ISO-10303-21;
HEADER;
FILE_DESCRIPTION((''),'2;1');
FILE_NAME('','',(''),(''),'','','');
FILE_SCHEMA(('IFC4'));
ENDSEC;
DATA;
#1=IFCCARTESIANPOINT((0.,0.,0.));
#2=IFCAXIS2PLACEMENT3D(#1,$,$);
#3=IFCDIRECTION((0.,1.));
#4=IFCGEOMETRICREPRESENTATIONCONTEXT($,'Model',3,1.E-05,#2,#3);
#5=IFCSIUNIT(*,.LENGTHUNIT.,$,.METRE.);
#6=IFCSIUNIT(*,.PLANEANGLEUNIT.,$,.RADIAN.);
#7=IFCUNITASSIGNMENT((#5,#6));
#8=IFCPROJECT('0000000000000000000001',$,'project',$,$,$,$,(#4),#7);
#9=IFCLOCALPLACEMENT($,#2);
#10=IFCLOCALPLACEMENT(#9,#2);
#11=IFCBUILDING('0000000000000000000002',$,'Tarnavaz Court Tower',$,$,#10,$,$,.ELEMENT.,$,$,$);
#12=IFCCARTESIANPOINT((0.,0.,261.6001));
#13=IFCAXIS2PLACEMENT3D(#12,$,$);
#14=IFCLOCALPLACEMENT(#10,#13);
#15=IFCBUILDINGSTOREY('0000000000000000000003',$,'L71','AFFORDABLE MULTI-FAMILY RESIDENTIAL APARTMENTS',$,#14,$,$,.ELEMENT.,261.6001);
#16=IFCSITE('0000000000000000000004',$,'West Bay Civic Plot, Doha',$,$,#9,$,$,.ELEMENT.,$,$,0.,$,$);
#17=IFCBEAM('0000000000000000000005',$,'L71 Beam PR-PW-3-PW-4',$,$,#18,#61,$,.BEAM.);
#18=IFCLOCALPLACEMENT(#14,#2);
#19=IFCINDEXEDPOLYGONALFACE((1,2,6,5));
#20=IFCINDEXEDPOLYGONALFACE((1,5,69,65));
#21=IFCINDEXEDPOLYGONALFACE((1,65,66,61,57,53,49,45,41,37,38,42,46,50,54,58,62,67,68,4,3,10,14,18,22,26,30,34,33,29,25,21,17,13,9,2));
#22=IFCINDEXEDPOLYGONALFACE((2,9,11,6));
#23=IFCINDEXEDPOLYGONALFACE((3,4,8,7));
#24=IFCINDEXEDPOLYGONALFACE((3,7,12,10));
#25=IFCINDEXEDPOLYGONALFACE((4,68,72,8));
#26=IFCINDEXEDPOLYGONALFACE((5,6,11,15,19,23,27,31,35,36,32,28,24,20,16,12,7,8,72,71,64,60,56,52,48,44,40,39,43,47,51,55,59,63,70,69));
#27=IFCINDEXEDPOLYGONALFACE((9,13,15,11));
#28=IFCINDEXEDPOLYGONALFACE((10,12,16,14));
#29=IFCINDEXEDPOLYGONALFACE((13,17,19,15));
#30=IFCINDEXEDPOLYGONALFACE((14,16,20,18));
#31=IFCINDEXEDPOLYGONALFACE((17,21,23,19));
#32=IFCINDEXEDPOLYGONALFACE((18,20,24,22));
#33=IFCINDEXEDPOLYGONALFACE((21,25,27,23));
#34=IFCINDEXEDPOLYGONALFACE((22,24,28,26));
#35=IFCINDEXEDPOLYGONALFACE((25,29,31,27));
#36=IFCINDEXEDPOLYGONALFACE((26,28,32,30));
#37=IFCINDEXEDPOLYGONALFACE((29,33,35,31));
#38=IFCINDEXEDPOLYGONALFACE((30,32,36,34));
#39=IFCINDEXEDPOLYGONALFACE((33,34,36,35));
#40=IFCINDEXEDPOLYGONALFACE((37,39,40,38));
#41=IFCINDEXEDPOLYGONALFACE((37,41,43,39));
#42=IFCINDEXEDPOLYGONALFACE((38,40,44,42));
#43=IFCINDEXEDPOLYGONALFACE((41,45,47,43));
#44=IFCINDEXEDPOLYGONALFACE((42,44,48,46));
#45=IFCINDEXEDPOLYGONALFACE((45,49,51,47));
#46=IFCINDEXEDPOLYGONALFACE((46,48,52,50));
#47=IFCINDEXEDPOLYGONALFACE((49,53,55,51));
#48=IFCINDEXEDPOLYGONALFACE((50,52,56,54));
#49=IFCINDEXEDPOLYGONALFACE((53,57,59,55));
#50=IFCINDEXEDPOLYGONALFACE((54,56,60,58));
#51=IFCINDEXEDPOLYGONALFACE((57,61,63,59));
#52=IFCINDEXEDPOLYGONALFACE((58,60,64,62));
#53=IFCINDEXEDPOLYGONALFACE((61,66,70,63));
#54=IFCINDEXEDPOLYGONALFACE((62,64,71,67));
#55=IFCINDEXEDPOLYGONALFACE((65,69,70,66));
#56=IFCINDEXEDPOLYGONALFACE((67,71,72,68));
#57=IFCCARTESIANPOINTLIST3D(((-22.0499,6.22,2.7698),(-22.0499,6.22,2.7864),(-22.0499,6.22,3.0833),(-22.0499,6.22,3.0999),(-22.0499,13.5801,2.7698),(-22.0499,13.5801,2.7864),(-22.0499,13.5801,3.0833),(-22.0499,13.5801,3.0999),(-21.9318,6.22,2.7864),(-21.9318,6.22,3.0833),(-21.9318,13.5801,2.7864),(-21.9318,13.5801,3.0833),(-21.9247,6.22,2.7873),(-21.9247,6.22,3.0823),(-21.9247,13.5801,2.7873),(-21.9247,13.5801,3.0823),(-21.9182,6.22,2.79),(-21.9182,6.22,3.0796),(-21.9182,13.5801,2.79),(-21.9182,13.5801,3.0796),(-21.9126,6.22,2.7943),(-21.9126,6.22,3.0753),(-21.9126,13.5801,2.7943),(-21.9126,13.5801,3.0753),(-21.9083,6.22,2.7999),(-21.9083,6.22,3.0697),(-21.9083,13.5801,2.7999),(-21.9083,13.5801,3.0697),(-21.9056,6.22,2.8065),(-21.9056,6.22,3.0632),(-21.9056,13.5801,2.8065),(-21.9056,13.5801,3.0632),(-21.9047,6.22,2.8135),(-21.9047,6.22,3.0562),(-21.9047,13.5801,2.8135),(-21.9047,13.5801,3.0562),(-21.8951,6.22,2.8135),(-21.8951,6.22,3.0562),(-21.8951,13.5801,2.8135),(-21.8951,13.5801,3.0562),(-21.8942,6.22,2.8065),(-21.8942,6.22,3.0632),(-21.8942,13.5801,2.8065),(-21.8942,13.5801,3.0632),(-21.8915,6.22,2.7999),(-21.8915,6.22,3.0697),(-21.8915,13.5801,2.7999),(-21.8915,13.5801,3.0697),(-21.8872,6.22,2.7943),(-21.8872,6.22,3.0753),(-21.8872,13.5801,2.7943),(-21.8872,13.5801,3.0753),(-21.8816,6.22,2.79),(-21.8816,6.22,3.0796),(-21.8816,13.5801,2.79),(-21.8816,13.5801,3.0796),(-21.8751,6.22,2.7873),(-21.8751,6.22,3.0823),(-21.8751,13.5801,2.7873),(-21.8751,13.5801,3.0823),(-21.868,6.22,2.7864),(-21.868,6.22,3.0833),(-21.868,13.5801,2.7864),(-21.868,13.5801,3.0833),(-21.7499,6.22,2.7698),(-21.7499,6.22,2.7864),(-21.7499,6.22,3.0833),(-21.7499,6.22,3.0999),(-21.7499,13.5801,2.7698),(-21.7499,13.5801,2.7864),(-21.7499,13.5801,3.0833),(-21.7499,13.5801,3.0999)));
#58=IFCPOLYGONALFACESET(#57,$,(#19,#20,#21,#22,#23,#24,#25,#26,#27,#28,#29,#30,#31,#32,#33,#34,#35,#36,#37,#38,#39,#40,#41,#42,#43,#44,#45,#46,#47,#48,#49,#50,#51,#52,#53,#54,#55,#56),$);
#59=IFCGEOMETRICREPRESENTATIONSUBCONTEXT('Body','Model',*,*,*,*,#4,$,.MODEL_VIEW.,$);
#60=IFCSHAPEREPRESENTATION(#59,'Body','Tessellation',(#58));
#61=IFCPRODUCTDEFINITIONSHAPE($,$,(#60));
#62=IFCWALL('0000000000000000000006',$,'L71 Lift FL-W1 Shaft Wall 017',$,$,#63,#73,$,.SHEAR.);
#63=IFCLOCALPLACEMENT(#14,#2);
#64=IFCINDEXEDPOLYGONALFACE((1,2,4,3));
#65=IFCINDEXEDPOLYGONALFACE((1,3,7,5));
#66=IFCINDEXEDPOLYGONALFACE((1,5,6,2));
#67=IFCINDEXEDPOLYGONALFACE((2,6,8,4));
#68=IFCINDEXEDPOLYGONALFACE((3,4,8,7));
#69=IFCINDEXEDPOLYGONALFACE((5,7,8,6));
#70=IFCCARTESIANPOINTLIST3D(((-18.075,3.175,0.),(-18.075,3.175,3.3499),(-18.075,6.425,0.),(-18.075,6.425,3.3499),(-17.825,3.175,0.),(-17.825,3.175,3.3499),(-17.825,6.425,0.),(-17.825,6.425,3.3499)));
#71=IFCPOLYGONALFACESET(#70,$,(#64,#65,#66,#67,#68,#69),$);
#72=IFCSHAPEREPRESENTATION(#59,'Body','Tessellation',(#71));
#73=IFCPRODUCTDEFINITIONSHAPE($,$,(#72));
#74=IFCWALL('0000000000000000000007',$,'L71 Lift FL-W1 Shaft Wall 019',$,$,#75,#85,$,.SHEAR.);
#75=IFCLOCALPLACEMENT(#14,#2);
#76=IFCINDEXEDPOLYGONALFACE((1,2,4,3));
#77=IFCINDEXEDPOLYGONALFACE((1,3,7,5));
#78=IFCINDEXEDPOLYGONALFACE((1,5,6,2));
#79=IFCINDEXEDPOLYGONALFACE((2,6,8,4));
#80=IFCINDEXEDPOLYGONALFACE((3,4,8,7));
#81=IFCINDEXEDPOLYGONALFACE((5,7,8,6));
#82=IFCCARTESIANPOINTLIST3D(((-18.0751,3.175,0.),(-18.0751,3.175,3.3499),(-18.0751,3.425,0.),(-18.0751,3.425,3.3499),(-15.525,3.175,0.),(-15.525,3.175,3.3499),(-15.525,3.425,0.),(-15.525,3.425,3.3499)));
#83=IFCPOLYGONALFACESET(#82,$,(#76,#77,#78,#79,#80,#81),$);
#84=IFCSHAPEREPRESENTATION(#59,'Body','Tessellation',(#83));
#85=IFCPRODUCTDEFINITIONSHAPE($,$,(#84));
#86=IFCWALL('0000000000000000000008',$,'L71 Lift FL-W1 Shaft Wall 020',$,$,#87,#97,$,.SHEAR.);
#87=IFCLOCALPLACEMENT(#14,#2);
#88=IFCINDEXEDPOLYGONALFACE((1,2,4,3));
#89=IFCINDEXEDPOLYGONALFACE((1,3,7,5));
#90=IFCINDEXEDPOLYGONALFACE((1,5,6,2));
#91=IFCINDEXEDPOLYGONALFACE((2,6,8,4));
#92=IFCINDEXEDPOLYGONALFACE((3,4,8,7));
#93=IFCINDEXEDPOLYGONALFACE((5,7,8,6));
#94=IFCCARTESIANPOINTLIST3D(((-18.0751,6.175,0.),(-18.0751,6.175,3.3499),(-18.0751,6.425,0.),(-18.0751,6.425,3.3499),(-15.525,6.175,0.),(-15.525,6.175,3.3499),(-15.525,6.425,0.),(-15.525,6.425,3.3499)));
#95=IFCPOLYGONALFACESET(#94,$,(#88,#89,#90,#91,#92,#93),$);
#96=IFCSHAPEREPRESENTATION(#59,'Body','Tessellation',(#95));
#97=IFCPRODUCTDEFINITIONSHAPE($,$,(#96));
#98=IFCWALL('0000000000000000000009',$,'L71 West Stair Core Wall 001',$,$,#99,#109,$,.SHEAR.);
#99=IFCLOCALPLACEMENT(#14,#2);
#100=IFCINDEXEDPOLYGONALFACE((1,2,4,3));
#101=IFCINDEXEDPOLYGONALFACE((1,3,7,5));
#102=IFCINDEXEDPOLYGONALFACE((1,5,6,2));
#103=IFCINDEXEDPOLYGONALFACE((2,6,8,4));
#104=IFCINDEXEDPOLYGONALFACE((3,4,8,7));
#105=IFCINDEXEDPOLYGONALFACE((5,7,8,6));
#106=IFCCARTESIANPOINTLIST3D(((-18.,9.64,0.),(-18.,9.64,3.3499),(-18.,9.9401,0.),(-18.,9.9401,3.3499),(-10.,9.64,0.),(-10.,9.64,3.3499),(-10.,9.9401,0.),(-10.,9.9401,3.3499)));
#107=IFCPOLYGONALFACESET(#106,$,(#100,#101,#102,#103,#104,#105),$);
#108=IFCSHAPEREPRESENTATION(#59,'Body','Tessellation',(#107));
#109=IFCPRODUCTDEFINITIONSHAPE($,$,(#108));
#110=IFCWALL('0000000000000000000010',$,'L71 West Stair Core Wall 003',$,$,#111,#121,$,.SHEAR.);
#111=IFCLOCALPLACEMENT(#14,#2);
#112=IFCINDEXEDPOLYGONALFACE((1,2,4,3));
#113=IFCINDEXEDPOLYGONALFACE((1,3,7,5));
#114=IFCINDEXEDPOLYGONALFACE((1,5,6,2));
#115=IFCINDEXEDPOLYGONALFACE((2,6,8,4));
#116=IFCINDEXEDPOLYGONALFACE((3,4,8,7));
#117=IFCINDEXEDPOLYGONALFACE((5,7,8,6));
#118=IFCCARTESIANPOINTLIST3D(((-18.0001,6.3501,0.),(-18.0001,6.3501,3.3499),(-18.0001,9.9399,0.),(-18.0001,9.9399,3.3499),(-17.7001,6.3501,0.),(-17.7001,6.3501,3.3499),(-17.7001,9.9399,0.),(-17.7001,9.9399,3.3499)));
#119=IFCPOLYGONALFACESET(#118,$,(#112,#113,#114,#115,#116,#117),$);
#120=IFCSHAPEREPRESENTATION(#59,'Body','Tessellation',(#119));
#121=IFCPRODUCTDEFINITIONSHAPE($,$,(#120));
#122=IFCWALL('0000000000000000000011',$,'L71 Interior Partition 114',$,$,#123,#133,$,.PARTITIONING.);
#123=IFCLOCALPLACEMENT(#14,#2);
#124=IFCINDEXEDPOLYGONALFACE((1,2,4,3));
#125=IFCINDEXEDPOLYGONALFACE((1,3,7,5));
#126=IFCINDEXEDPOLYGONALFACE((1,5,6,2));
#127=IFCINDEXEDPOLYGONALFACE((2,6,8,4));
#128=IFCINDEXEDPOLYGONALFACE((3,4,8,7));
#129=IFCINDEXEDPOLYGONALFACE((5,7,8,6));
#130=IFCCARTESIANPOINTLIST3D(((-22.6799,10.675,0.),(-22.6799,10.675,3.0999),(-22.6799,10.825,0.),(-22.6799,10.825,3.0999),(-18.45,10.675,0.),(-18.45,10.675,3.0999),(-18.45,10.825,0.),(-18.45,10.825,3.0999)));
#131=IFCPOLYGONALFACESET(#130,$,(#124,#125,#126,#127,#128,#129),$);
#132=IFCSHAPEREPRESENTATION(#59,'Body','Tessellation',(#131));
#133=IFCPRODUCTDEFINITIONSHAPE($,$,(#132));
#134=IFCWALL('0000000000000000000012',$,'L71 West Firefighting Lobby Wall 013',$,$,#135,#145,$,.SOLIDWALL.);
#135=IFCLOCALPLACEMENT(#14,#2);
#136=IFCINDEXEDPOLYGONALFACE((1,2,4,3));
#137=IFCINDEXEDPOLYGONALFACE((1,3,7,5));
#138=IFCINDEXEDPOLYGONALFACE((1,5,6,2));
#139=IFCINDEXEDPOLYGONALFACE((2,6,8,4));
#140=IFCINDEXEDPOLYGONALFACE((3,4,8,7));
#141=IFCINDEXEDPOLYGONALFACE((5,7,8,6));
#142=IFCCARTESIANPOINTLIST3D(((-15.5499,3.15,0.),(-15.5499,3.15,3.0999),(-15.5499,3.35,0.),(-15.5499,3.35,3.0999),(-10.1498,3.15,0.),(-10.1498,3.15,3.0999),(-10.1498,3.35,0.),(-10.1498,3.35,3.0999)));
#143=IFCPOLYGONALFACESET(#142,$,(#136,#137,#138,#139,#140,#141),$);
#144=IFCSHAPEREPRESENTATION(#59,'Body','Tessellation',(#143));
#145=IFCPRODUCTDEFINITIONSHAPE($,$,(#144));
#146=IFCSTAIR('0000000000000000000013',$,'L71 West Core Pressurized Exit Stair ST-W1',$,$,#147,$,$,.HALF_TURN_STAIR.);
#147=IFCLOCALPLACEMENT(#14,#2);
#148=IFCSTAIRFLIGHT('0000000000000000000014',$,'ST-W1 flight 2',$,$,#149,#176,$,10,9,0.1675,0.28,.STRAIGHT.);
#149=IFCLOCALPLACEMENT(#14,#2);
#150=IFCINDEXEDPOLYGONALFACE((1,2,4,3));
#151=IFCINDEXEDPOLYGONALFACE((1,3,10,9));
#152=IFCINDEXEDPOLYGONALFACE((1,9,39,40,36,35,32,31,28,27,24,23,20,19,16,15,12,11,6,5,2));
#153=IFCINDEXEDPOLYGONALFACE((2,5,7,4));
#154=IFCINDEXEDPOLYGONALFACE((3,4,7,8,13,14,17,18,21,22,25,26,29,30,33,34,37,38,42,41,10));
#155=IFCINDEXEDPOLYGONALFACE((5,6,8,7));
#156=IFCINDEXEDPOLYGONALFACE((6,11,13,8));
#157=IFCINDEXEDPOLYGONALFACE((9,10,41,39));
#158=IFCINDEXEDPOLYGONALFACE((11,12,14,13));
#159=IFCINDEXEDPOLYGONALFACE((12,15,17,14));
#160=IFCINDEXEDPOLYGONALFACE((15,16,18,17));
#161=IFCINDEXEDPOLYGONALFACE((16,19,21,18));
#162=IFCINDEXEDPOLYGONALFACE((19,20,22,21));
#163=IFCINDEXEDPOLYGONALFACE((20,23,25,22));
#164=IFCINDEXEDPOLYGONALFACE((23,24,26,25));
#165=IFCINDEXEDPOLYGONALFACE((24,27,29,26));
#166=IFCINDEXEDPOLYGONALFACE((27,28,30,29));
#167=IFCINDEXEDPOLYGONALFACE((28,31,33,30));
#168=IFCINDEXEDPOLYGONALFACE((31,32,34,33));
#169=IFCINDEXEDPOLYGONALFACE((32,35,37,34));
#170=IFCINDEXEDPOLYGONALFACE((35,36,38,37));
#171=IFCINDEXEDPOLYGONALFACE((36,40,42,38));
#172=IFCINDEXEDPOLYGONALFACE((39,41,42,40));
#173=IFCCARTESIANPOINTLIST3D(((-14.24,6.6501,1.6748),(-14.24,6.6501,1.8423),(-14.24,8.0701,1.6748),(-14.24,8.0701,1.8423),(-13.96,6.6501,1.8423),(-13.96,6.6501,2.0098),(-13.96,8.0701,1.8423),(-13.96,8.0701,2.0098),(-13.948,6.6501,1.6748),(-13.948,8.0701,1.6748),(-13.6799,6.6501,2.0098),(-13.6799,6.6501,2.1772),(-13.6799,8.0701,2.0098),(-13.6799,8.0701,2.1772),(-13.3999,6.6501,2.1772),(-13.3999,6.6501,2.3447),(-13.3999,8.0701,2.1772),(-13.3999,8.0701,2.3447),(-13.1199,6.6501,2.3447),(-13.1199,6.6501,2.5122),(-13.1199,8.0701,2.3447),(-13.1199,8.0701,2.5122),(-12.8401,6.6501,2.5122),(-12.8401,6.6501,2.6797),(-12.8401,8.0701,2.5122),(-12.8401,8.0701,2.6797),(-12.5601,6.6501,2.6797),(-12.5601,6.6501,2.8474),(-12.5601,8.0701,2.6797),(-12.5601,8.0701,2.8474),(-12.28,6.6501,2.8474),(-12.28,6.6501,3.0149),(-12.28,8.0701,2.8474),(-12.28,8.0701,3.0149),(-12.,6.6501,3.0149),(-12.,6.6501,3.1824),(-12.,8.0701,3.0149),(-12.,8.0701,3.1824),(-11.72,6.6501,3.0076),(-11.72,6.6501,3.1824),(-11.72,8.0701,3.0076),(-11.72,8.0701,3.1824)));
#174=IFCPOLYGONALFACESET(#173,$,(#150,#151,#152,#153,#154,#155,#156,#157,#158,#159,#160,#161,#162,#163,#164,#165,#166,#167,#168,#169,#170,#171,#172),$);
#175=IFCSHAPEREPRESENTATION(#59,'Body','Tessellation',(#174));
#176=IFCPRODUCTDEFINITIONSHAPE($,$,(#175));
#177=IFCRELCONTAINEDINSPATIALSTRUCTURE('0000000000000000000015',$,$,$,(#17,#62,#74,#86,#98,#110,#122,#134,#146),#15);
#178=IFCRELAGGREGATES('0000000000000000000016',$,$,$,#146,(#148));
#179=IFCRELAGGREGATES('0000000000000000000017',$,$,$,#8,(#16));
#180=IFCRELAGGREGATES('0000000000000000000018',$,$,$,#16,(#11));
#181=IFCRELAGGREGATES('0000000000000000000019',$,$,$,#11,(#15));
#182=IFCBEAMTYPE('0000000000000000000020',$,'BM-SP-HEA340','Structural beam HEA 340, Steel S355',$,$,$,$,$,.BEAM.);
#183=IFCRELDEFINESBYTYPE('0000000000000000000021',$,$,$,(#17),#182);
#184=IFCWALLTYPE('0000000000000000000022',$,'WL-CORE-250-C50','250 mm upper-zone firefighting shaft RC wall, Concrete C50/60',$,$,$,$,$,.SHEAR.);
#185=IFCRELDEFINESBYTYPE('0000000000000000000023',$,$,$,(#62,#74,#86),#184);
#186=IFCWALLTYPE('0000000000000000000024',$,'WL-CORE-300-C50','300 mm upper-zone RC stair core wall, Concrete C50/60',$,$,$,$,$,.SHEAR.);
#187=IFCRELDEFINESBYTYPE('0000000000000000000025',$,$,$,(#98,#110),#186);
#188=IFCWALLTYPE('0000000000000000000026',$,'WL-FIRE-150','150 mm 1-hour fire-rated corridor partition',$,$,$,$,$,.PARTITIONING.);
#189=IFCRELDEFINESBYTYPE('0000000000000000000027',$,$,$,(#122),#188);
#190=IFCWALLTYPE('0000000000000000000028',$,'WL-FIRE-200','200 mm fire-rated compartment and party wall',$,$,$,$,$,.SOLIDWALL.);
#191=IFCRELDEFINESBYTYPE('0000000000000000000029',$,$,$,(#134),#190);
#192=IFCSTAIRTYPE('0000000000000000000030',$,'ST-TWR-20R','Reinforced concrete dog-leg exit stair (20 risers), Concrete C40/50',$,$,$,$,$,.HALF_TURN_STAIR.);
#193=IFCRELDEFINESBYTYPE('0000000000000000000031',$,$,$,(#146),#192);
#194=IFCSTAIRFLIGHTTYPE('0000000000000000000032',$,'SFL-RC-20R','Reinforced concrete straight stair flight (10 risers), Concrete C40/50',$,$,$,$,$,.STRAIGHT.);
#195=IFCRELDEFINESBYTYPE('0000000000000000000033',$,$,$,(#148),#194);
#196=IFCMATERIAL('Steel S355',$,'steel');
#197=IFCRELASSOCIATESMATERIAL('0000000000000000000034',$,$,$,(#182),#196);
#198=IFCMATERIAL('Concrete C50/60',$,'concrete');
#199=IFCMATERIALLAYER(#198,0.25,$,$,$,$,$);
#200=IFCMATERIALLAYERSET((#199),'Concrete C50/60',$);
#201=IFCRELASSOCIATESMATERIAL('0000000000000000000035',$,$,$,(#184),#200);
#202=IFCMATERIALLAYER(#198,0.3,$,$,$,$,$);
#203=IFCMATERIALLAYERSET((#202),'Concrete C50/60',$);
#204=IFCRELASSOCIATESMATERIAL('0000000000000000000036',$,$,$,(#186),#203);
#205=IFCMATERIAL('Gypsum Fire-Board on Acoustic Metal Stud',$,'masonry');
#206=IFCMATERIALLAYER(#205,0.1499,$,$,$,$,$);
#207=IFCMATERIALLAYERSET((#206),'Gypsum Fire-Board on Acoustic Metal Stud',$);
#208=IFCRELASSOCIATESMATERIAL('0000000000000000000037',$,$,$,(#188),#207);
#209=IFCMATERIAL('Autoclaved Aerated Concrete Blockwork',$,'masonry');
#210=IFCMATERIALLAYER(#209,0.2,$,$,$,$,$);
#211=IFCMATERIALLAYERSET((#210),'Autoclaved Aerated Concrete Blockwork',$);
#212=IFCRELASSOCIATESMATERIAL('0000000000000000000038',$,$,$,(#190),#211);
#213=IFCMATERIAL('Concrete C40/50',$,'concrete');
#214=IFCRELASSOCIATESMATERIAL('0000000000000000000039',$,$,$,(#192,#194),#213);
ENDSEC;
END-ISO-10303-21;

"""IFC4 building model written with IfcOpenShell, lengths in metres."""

from ifc_helpers import new_model, si_unit, direction, frame, frame_2d, origin, origin_2d, place, context, subcontext, project, spatial, polyline, rectangle, i_section, outline, extrude, material, layer, layer_set, material_profile, profile_set, type_object, element, aggregate, save


model = new_model("IFC4")

# Units and contexts
model_context = context("Model", 3, precision=1e-05, world=origin(), true_north=direction((0.0, 1.0)))
body_context = subcontext(model_context, "Body", "Model", "MODEL_VIEW")
ifc_project = project(units=[si_unit("LENGTHUNIT", "METRE"), si_unit("PLANEANGLEUNIT", "RADIAN")], contexts=[model_context])

# Site, building, storey
site_placement = place(None, origin())
site = spatial("IfcSite", under=ifc_project, at=site_placement, Name="West Bay Civic Plot, Doha", CompositionType="ELEMENT", RefElevation=0.0)
building_placement = place(site_placement, origin())
building = spatial("IfcBuilding", under=site, at=building_placement, Name="Tarnavaz Court Tower", CompositionType="ELEMENT")
storey_placement = place(building_placement, frame((0.0, 0.0, 261.6001)))
storey = spatial("IfcBuildingStorey", under=building, at=storey_placement, Name="L71", Description="AFFORDABLE MULTI-FAMILY RESIDENTIAL APARTMENTS", CompositionType="ELEMENT", Elevation=261.6001)

# Shared definitions
ifc_material_1 = material(Name="Concrete C50/60", Category="concrete")

# Beam
ifc_material_2 = material(Name="Steel S355", Category="steel")
ifc_material_profile_1 = material_profile(ifc_material_2, i_section(OverallWidth=0.3, OverallDepth=0.3301, WebThickness=0.0095, FlangeThickness=0.0166, FilletRadius=0.0271, at=origin_2d()), Name="HEA 340")
ifc_profile_set_1 = profile_set([ifc_material_profile_1], Name="Steel S355")
beam_type_1 = type_object("IfcBeamType", Name="BM-SP-HEA340", Description="Structural beam HEA 340, Steel S355", PredefinedType="BEAM", material=ifc_profile_set_1)
beam_1_placement = place(storey_placement, frame((-21.8999, 6.22, 2.9348), z_axis=(0.0, 1.0, 0.0), x_axis=(-1.0, 0.0, 0.0)))
element("IfcBeam", 1, at=beam_1_placement, inside=storey, type_object=beam_type_1, Name="L71 Beam PR-PW-3-PW-4", PredefinedType="BEAM", context=body_context, shape_type="SweptSolid", body=[
    extrude(i_section(OverallWidth=0.3, OverallDepth=0.3301, WebThickness=0.0095, FlangeThickness=0.0166, FilletRadius=0.0271, at=origin_2d()), origin(), (0.0, 0.0, 1.0), 7.3601),
])

# Wall
ifc_layer_1 = layer(ifc_material_1, 0.25)
ifc_layer_set_1 = layer_set([ifc_layer_1], Name="Concrete C50/60")
wall_type_1 = type_object("IfcWallType", Name="WL-CORE-250-C50", Description="250 mm upper-zone firefighting shaft RC wall, Concrete C50/60", PredefinedType="SHEAR", material=ifc_layer_set_1)
wall_1_placement = place(storey_placement, frame((-17.95, 3.175, 0.0), z_axis=(0.0, 0.0, 1.0), x_axis=(0.0, 1.0, 0.0)))
element("IfcWall", 2, at=wall_1_placement, inside=storey, type_object=wall_type_1, Name="L71 Lift FL-W1 Shaft Wall 017", PredefinedType="SHEAR", context=body_context, shape_type="SweptSolid", body=[
    extrude(rectangle(XDim=3.25, YDim=0.25, at=frame_2d((1.625, 0.0))), origin(), (0.0, 0.0, 1.0), 3.3499),
])

# Walls
for number, where, z_axis, x_axis, name in (
    (3, (-18.075, 3.3, 0.0), (0.0, 0.0, 1.0), (1.0, 0.0, 0.0), "L71 Lift FL-W1 Shaft Wall 019"),
    (4, (-18.075, 6.3, 0.0), (0.0, 0.0, 1.0), (1.0, 0.0, 0.0), "L71 Lift FL-W1 Shaft Wall 020"),
):
    element("IfcWall", number, at=place(storey_placement, frame(where, z_axis=z_axis, x_axis=x_axis)), inside=storey, type_object=wall_type_1, Name=name, PredefinedType="SHEAR", context=body_context, shape_type="SweptSolid", body=[
        extrude(rectangle(XDim=2.55, YDim=0.25, at=frame_2d((1.2749, 0.0))), origin(), (0.0, 0.0, 1.0), 3.3499),
    ])
ifc_layer_2 = layer(ifc_material_1, 0.3)
ifc_layer_set_2 = layer_set([ifc_layer_2], Name="Concrete C50/60")
wall_type_2 = type_object("IfcWallType", Name="WL-CORE-300-C50", Description="300 mm upper-zone RC stair core wall, Concrete C50/60", PredefinedType="SHEAR", material=ifc_layer_set_2)
wall_2_placement = place(storey_placement, frame((-18.0, 9.79, 0.0), z_axis=(0.0, 0.0, 1.0), x_axis=(1.0, 0.0, 0.0)))
element("IfcWall", 5, at=wall_2_placement, inside=storey, type_object=wall_type_2, Name="L71 West Stair Core Wall 001", PredefinedType="SHEAR", context=body_context, shape_type="SweptSolid", body=[
    extrude(rectangle(XDim=8.0, YDim=0.3, at=frame_2d((4.0, 0.0))), origin(), (0.0, 0.0, 1.0), 3.3499),
])

# Walls
wall_3_placement = place(storey_placement, frame((-17.8501, 6.3501, 0.0), z_axis=(0.0, 0.0, 1.0), x_axis=(0.0, 1.0, 0.0)))
element("IfcWall", 6, at=wall_3_placement, inside=storey, type_object=wall_type_2, Name="L71 West Stair Core Wall 003", PredefinedType="SHEAR", context=body_context, shape_type="SweptSolid", body=[
    extrude(rectangle(XDim=3.5898, YDim=0.3, at=frame_2d((1.7949, 0.0))), origin(), (0.0, 0.0, 1.0), 3.3499),
])
ifc_material_3 = material(Name="Gypsum Fire-Board on Acoustic Metal Stud", Category="masonry")
ifc_layer_3 = layer(ifc_material_3, 0.1499)
ifc_layer_set_3 = layer_set([ifc_layer_3], Name="Gypsum Fire-Board on Acoustic Metal Stud")
wall_type_3 = type_object("IfcWallType", Name="WL-FIRE-150", Description="150 mm 1-hour fire-rated corridor partition", PredefinedType="PARTITIONING", material=ifc_layer_set_3)
wall_4_placement = place(storey_placement, frame((-22.6799, 10.75, 0.0), z_axis=(0.0, 0.0, 1.0), x_axis=(1.0, 0.0, 0.0)))
element("IfcWall", 7, at=wall_4_placement, inside=storey, type_object=wall_type_3, Name="L71 Interior Partition 114", PredefinedType="PARTITIONING", context=body_context, shape_type="SweptSolid", body=[
    extrude(rectangle(XDim=4.23, YDim=0.1499, at=frame_2d((2.115, 0.0))), origin(), (0.0, 0.0, 1.0), 3.0999),
])
ifc_material_4 = material(Name="Autoclaved Aerated Concrete Blockwork", Category="masonry")
ifc_layer_4 = layer(ifc_material_4, 0.2)
ifc_layer_set_4 = layer_set([ifc_layer_4], Name="Autoclaved Aerated Concrete Blockwork")
wall_type_4 = type_object("IfcWallType", Name="WL-FIRE-200", Description="200 mm fire-rated compartment and party wall", PredefinedType="SOLIDWALL", material=ifc_layer_set_4)
wall_5_placement = place(storey_placement, frame((-15.55, 3.25, 0.0), z_axis=(0.0, 0.0, 1.0), x_axis=(1.0, 0.0, 0.0)))
element("IfcWall", 8, at=wall_5_placement, inside=storey, type_object=wall_type_4, Name="L71 West Firefighting Lobby Wall 013", PredefinedType="SOLIDWALL", context=body_context, shape_type="SweptSolid", body=[
    extrude(rectangle(XDim=5.4001, YDim=0.2, at=frame_2d((2.7002, 0.0))), origin(), (0.0, 0.0, 1.0), 3.0999),
])

# Stair, stair flight
ifc_material_5 = material(Name="Concrete C40/50", Category="concrete")
stair_type = type_object("IfcStairType", Name="ST-TWR-20R", Description="Reinforced concrete dog-leg exit stair (20 risers), Concrete C40/50", PredefinedType="HALF_TURN_STAIR", material=ifc_material_5)
stair_placement = place(storey_placement, origin())
stair = element("IfcStair", 9, at=stair_placement, inside=storey, type_object=stair_type, Name="L71 West Core Pressurized Exit Stair ST-W1", PredefinedType="HALF_TURN_STAIR")
stair_flight_type = type_object("IfcStairFlightType", Name="SFL-RC-20R", Description="Reinforced concrete straight stair flight (10 risers), Concrete C40/50", PredefinedType="STRAIGHT", material=ifc_material_5)
stair_flight_placement = place(storey_placement, frame((-14.24, 7.3601, 1.6748), z_axis=(0.0, 0.0, 1.0), x_axis=(1.0, 0.0, 0.0)))
stair_flight = element("IfcStairFlight", 10, at=stair_flight_placement, type_object=stair_flight_type, Name="ST-W1 flight 2", NumberOfRisers=10, NumberOfTreads=9, PredefinedType="STRAIGHT", RiserHeight=0.1675, TreadLength=0.28, context=body_context, shape_type="SweptSolid", body=[
    extrude(outline(polyline([(0.0, 0.0), (0.0, 0.1675), (0.28, 0.1675), (0.28, 0.335), (0.5601, 0.335), (0.5601, 0.5024), (0.8401, 0.5024), (0.8401, 0.6699), (1.1201, 0.6699), (1.1201, 0.8374), (1.3999, 0.8374), (1.3999, 1.0049), (1.6799, 1.0049), (1.6799, 1.1726), (1.96, 1.1726), (1.96, 1.3401), (2.24, 1.3401), (2.24, 1.5076), (2.52, 1.5076), (2.52, 1.675), (2.52, 1.3328), (0.292, 0.0), (0.0, 0.0)])), frame((0.0, 0.71, 0.0), z_axis=(0.0, -1.0, 0.0), x_axis=(1.0, 0.0, 0.0)), (0.0, 0.0, 1.0), 1.4199),
])
aggregate(stair, [stair_flight])

save(model, "model.ifc")
